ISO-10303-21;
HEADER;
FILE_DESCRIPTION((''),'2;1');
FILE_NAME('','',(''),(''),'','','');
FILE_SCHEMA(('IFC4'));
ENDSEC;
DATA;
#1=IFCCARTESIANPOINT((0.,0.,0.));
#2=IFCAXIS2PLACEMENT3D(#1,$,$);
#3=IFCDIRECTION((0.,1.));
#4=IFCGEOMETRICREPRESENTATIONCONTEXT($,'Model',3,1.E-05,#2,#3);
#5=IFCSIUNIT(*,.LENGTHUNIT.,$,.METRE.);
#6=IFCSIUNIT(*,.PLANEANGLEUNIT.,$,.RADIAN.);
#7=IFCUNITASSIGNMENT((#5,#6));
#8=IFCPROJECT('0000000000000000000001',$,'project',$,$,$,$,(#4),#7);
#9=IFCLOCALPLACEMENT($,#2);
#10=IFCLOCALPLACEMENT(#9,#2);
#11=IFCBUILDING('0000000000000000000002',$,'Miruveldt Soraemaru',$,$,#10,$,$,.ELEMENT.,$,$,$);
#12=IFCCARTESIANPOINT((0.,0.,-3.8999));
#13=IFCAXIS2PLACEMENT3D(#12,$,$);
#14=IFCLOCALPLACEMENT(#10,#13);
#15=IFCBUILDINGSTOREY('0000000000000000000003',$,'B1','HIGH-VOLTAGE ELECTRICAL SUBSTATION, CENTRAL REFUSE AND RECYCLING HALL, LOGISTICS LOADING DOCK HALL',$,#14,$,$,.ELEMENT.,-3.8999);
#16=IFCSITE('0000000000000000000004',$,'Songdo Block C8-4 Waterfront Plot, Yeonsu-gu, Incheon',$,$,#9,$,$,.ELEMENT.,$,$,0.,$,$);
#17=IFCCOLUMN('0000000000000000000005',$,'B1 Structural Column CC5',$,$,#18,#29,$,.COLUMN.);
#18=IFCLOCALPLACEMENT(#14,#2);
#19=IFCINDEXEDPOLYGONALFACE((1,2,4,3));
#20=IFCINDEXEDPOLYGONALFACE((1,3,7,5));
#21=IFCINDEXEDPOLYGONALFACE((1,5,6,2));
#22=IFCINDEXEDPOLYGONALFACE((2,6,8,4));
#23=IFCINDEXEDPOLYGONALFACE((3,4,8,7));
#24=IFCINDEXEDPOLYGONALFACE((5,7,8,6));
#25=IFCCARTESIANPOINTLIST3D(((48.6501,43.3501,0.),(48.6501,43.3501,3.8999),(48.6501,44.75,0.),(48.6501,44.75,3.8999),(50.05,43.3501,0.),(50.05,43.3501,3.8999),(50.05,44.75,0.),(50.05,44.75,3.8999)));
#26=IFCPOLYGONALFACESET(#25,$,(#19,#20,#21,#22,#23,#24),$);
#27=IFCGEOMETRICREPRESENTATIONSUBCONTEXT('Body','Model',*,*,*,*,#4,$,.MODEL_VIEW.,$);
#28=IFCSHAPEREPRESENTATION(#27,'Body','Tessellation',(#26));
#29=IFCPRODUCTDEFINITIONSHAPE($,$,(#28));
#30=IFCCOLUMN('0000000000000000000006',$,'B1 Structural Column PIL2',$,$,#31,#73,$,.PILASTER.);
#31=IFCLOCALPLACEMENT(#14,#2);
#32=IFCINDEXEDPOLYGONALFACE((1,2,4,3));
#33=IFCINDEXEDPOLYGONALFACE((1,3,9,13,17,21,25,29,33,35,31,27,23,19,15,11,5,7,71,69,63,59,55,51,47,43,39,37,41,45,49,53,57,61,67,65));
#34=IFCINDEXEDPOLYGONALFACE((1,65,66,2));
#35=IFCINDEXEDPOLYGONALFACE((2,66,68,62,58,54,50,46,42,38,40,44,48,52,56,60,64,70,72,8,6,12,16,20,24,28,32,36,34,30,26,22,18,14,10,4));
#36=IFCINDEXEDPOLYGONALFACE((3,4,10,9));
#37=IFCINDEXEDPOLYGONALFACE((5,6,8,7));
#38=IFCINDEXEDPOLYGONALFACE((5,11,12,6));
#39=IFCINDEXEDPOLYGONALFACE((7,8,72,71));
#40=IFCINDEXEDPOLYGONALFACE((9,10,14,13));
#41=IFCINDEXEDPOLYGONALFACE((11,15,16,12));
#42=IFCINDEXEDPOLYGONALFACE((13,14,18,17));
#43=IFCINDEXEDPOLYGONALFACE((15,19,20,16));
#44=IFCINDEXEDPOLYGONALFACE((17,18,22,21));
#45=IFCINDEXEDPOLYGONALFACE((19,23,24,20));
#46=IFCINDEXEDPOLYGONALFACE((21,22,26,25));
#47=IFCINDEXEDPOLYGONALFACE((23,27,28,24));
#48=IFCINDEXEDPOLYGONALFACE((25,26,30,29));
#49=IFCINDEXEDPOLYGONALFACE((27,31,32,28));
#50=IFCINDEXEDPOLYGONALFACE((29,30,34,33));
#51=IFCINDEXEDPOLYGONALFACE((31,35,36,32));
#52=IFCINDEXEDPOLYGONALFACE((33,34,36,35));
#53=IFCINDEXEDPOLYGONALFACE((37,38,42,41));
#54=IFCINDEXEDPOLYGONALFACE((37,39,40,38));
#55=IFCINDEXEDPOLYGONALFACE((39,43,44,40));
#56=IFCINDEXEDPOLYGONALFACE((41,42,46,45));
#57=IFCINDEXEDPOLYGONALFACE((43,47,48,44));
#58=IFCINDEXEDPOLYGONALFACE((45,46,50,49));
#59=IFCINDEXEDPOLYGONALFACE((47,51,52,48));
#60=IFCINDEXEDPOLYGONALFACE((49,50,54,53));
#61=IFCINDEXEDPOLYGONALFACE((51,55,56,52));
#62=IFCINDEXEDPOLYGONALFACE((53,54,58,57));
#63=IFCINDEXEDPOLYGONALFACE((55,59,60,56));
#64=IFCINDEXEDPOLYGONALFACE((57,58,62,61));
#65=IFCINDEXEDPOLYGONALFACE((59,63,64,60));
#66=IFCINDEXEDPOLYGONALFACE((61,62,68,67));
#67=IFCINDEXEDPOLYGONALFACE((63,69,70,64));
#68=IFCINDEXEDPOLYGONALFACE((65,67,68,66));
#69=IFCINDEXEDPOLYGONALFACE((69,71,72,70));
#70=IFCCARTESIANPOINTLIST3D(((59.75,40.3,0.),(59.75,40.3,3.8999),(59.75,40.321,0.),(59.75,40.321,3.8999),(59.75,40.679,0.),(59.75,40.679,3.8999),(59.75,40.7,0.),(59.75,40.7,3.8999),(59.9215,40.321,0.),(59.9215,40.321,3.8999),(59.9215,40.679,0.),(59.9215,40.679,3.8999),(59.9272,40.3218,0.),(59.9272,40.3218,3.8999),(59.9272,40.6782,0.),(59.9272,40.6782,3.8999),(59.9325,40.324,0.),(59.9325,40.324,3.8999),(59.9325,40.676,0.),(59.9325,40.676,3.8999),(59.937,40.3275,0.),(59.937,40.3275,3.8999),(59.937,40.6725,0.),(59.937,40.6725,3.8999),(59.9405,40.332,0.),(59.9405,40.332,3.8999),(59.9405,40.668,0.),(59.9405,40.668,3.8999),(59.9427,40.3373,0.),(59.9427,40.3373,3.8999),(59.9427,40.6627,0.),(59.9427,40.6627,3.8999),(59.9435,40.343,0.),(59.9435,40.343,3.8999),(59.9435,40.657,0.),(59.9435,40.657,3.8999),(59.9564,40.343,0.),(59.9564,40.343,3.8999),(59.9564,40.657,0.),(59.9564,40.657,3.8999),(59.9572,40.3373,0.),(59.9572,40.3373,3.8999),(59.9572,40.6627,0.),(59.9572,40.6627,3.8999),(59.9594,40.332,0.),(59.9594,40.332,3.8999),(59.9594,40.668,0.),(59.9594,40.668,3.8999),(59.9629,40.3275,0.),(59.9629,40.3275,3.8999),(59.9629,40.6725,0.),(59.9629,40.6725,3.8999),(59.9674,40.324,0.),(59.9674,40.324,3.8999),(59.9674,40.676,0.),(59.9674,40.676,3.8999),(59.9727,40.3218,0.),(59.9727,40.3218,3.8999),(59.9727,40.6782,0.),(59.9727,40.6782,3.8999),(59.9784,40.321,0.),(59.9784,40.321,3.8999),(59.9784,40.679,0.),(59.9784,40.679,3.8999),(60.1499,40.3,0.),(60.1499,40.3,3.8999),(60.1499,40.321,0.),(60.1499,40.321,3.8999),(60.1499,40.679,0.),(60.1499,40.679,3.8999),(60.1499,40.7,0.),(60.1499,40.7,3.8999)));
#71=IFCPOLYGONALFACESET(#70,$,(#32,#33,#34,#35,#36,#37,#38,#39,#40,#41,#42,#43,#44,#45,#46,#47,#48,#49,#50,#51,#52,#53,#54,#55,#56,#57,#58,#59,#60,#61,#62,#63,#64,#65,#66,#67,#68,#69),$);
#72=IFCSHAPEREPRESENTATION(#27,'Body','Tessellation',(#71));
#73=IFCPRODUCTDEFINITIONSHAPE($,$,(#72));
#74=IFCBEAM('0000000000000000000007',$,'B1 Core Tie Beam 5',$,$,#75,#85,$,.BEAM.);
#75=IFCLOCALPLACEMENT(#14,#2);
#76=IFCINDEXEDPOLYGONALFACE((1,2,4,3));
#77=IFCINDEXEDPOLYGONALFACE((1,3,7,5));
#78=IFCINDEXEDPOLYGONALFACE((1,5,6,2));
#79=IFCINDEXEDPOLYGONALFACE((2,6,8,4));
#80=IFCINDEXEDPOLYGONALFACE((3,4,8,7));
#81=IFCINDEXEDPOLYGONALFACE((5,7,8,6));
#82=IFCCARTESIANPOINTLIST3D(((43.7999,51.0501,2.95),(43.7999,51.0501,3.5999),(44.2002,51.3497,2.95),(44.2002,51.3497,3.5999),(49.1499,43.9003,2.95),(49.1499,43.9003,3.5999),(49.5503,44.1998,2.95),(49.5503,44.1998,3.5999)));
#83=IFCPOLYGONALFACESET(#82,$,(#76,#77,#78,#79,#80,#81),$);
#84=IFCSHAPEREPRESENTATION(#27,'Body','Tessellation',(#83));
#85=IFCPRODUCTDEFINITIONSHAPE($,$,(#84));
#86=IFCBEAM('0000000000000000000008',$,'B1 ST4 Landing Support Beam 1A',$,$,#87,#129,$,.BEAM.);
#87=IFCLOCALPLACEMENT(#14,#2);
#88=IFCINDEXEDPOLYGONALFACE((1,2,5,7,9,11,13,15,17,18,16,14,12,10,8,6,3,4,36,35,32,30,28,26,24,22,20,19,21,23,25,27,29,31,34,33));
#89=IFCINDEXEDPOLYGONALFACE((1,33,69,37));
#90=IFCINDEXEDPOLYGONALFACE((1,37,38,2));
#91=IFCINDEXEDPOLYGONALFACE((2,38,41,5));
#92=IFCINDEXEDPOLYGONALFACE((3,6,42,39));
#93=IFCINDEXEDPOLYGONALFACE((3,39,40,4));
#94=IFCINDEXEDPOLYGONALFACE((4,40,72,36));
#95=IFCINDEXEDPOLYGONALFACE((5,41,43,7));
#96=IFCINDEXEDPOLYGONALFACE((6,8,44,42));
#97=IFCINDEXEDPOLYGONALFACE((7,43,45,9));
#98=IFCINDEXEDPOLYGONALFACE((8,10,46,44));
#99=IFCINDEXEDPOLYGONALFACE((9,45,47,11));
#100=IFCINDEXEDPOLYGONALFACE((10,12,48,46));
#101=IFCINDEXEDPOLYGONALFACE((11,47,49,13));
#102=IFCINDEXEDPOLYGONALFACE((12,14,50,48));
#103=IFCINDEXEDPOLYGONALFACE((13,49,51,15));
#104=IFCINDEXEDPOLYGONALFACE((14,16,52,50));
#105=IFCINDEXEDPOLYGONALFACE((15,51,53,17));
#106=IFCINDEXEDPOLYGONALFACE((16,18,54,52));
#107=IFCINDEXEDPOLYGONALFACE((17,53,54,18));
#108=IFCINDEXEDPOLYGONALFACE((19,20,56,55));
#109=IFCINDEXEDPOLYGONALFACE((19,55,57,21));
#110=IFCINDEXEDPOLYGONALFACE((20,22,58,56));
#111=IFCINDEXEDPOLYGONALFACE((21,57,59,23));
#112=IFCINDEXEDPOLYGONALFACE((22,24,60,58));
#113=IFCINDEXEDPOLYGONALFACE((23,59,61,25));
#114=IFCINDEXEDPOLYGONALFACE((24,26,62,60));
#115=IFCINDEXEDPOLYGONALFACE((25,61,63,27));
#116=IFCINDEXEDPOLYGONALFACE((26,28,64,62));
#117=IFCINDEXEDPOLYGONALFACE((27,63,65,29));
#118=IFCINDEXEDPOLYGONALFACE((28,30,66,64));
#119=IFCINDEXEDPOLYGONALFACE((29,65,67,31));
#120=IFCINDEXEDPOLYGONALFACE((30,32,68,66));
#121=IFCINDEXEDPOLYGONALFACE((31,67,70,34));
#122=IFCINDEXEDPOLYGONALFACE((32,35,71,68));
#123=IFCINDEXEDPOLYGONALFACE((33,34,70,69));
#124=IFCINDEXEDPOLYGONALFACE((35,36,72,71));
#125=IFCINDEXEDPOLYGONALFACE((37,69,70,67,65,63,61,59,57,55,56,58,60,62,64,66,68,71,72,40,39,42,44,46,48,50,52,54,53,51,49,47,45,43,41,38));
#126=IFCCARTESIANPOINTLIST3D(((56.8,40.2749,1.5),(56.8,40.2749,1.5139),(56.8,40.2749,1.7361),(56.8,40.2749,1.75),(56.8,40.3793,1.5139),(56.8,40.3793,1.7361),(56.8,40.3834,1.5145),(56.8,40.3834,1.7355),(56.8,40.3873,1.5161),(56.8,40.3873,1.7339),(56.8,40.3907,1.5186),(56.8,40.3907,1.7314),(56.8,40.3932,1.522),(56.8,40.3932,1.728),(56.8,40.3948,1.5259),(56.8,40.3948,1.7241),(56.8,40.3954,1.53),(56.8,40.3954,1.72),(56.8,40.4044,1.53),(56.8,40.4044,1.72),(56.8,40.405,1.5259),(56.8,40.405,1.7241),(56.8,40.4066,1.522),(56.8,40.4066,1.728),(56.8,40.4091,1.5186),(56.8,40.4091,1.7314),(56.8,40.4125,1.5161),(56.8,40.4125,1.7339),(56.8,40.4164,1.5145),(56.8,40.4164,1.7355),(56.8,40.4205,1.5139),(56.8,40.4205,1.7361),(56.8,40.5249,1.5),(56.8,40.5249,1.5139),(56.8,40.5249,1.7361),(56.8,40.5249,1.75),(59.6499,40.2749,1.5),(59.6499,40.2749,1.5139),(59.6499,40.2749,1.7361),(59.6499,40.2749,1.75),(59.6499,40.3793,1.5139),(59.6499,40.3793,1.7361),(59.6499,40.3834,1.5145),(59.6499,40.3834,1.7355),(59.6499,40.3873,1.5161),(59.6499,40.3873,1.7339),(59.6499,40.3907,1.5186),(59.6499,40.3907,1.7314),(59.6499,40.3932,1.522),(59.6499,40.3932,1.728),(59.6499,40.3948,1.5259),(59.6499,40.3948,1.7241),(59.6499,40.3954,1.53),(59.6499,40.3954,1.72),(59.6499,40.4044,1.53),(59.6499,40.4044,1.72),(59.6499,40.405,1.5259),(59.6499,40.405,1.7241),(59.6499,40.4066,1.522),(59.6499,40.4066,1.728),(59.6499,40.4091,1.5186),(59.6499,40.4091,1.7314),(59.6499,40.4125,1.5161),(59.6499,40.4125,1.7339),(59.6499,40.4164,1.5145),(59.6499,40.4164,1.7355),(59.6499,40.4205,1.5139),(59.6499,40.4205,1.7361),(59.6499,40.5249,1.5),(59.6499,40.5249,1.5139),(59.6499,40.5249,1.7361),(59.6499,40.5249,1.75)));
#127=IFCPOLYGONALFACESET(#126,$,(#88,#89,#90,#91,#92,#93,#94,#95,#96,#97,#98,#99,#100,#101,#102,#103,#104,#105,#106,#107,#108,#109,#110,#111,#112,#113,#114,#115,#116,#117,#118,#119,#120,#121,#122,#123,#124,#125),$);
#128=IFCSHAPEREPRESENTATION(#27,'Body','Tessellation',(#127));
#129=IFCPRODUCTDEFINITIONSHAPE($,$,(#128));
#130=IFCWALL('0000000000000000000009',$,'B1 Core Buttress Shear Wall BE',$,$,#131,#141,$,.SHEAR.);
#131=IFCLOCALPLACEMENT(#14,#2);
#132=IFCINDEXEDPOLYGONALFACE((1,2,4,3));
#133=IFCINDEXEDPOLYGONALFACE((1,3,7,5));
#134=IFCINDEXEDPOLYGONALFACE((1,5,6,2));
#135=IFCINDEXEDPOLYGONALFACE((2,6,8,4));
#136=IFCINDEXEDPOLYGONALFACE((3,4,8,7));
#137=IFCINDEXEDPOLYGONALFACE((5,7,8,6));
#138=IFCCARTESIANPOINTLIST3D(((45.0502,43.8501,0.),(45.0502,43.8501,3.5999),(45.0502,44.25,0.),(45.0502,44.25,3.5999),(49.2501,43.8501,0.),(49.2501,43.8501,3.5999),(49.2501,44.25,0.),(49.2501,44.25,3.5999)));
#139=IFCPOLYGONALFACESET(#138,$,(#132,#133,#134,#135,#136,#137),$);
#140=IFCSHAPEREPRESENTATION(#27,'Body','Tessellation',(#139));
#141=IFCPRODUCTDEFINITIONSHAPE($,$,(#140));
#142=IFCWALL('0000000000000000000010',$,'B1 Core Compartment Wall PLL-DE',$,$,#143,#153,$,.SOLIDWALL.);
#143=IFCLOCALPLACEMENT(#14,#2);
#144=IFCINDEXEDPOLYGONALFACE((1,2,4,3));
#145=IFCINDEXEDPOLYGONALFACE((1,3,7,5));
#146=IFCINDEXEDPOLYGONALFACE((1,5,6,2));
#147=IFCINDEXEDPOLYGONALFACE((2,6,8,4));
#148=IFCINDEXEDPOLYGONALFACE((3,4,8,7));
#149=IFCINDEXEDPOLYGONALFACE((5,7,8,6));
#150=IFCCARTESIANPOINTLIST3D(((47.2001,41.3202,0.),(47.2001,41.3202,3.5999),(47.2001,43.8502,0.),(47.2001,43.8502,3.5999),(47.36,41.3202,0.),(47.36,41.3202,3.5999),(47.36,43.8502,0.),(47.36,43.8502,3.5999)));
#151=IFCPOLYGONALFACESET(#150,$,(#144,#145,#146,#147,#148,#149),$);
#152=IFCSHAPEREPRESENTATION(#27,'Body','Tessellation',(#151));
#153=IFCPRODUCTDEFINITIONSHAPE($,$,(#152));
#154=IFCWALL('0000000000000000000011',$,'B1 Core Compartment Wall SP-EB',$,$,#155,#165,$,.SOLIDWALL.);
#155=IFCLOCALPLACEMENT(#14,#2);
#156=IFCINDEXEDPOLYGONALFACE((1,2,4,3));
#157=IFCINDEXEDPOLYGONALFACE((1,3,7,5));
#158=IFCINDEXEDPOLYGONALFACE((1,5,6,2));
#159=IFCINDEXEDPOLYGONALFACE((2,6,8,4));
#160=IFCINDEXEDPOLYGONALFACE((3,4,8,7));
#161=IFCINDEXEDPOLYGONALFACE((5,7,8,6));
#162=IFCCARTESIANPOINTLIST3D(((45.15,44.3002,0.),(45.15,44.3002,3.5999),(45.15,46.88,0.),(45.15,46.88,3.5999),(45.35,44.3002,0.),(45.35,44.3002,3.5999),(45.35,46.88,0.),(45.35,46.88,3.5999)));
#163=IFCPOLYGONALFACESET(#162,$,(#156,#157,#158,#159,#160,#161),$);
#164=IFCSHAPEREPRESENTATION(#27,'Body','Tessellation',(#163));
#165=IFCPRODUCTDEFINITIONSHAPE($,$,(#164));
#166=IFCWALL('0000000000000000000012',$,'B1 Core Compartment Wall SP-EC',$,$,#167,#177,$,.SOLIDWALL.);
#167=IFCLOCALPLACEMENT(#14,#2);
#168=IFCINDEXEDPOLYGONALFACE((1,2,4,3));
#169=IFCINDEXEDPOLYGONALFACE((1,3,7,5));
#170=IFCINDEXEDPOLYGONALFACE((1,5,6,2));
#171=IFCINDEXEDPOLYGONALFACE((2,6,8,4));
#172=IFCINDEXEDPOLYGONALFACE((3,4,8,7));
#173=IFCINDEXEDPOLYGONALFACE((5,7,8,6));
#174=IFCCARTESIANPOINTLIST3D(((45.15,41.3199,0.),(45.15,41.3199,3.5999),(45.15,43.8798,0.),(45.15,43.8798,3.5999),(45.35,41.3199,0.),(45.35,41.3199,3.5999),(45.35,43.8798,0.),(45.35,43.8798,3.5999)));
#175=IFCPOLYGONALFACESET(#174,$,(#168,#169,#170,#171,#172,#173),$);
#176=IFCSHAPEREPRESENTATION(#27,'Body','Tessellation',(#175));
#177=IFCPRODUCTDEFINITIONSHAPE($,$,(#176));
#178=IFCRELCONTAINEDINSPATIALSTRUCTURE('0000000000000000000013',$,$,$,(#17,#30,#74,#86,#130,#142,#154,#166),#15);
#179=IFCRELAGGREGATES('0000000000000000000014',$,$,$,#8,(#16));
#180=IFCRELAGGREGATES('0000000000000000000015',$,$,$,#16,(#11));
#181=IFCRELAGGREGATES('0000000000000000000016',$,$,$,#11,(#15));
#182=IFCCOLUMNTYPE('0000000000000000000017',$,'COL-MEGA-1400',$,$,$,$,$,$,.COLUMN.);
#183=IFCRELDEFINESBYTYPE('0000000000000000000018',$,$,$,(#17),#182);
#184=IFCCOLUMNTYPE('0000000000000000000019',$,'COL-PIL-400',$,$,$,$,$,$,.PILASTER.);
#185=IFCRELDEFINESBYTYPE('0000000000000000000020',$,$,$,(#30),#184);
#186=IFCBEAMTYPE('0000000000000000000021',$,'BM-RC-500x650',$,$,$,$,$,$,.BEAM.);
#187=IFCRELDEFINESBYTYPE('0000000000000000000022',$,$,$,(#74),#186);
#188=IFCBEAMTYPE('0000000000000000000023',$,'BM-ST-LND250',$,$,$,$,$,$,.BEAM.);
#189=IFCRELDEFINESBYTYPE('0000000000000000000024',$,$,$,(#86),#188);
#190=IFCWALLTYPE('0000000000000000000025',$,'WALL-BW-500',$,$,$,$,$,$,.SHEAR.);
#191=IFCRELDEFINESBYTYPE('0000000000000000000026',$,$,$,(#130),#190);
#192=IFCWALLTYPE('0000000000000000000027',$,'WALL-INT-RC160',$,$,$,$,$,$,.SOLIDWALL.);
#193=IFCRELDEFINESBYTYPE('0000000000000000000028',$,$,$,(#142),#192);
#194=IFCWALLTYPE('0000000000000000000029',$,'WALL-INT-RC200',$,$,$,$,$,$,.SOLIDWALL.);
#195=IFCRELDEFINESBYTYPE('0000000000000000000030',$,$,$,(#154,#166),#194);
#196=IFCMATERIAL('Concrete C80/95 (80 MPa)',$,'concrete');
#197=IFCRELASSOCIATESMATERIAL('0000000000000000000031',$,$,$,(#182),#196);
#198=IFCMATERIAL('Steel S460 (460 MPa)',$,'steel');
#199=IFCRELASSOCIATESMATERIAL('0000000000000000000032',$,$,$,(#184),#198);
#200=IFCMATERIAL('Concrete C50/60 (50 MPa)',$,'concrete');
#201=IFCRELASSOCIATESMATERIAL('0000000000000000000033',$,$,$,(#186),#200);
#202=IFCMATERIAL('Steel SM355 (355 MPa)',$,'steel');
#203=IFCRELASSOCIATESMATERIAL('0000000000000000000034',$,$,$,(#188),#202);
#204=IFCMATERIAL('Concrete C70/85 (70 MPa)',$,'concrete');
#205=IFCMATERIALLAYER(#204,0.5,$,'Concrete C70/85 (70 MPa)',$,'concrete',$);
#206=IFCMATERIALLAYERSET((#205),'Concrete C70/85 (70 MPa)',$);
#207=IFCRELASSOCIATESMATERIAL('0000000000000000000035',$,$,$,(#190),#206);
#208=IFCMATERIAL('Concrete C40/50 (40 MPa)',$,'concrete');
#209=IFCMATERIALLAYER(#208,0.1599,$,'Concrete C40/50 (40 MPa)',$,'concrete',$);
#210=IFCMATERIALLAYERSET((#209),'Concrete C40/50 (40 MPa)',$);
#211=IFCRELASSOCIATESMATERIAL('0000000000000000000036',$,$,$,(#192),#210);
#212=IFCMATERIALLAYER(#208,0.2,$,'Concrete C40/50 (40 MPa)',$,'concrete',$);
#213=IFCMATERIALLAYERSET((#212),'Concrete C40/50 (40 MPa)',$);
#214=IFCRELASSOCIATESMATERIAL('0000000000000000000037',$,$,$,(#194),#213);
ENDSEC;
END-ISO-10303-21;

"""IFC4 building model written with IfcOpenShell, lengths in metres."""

from ifc_helpers import new_model, si_unit, direction, frame, frame_2d, origin, origin_2d, place, context, subcontext, project, spatial, rectangle, i_section, extrude, material, layer, layer_set, material_profile, profile_set, type_object, element, save


model = new_model("IFC4")

# Units and contexts
model_context = context("Model", 3, precision=1e-05, world=origin(), true_north=direction((0.0, 1.0)))
body_context = subcontext(model_context, "Body", "Model", "MODEL_VIEW")
ifc_project = project(units=[si_unit("LENGTHUNIT", "METRE"), si_unit("PLANEANGLEUNIT", "RADIAN")], contexts=[model_context])

# Site, building, storey
site_placement = place(None, origin())
site = spatial("IfcSite", under=ifc_project, at=site_placement, Name="Songdo Block C8-4 Waterfront Plot, Yeonsu-gu, Incheon", CompositionType="ELEMENT", RefElevation=0.0)
building_placement = place(site_placement, origin())
building = spatial("IfcBuilding", under=site, at=building_placement, Name="Miruveldt Soraemaru", CompositionType="ELEMENT")
storey_placement = place(building_placement, frame((0.0, 0.0, -3.8999)))
storey = spatial("IfcBuildingStorey", under=building, at=storey_placement, Name="B1", Description="HIGH-VOLTAGE ELECTRICAL SUBSTATION, CENTRAL REFUSE AND RECYCLING HALL, LOGISTICS LOADING DOCK HALL", CompositionType="ELEMENT", Elevation=-3.8999)

# Columns
ifc_material_1 = material(Name="Concrete C80/95 (80 MPa)", Category="concrete")
ifc_material_profile_1 = material_profile(ifc_material_1, rectangle(XDim=1.3999, YDim=1.3999, at=origin_2d()), Name="Concrete C80/95 (80 MPa)", Category="concrete")
ifc_profile_set_1 = profile_set([ifc_material_profile_1], Name="Concrete C80/95 (80 MPa)")
column_type_1 = type_object("IfcColumnType", Name="COL-MEGA-1400", PredefinedType="COLUMN", material=ifc_profile_set_1)
column_1_placement = place(storey_placement, frame((49.3501, 44.05, 0.0), z_axis=(0.0, 0.0, 1.0), x_axis=(1.0, 0.0, 0.0)))
element("IfcColumn", 1, at=column_1_placement, inside=storey, type_object=column_type_1, Name="B1 Structural Column CC5", PredefinedType="COLUMN", context=body_context, shape_type="SweptSolid", body=[
    extrude(rectangle(XDim=1.3999, YDim=1.3999, at=origin_2d()), origin(), (0.0, 0.0, 1.0), 3.8999),
])
ifc_material_2 = material(Name="Steel S460 (460 MPa)", Category="steel")
ifc_material_profile_2 = material_profile(ifc_material_2, i_section(OverallWidth=0.3999, OverallDepth=0.3999, WebThickness=0.0129, FlangeThickness=0.021, FilletRadius=0.022, at=origin_2d()), Name="Steel S460 (460 MPa)", Category="steel")
ifc_profile_set_2 = profile_set([ifc_material_profile_2], Name="Steel S460 (460 MPa)")
column_type_2 = type_object("IfcColumnType", Name="COL-PIL-400", PredefinedType="PILASTER", material=ifc_profile_set_2)
column_2_placement = place(storey_placement, frame((59.95, 40.5, 0.0), z_axis=(0.0, 0.0, 1.0), x_axis=(1.0, 0.0, 0.0)))
element("IfcColumn", 2, at=column_2_placement, inside=storey, type_object=column_type_2, Name="B1 Structural Column PIL2", PredefinedType="PILASTER", context=body_context, shape_type="SweptSolid", body=[
    extrude(i_section(OverallWidth=0.3999, OverallDepth=0.3999, WebThickness=0.0129, FlangeThickness=0.021, FilletRadius=0.022, at=origin_2d()), origin(), (0.0, 0.0, 1.0), 3.8999),
])

# Beams
ifc_material_3 = material(Name="Concrete C50/60 (50 MPa)", Category="concrete")
ifc_material_profile_3 = material_profile(ifc_material_3, rectangle(XDim=0.5, YDim=0.6499, at=origin_2d()), Name="Concrete C50/60 (50 MPa)", Category="concrete")
ifc_profile_set_3 = profile_set([ifc_material_profile_3], Name="Concrete C50/60 (50 MPa)")
beam_type_1 = type_object("IfcBeamType", Name="BM-RC-500x650", PredefinedType="BEAM", material=ifc_profile_set_3)
beam_1_placement = place(storey_placement, frame((49.3501, 44.05, 3.2749), z_axis=(-0.599116, 0.800662, 0.0), x_axis=(-0.800662, -0.599116, 0.0)))
element("IfcBeam", 3, at=beam_1_placement, inside=storey, type_object=beam_type_1, Name="B1 Core Tie Beam 5", PredefinedType="BEAM", context=body_context, shape_type="SweptSolid", body=[
    extrude(rectangle(XDim=0.5, YDim=0.6499, at=origin_2d()), origin(), (0.0, 0.0, 1.0), 8.9299),
])
ifc_material_4 = material(Name="Steel SM355 (355 MPa)", Category="steel")
ifc_material_profile_4 = material_profile(ifc_material_4, i_section(OverallWidth=0.25, OverallDepth=0.25, WebThickness=0.009, FlangeThickness=0.0139, FilletRadius=0.0161, at=origin_2d()), Name="Steel SM355 (355 MPa)", Category="steel")
ifc_profile_set_4 = profile_set([ifc_material_profile_4], Name="Steel SM355 (355 MPa)")
beam_type_2 = type_object("IfcBeamType", Name="BM-ST-LND250", PredefinedType="BEAM", material=ifc_profile_set_4)
beam_2_placement = place(storey_placement, frame((56.8, 40.3999, 1.625), z_axis=(1.0, 0.0, 0.0), x_axis=(0.0, 1.0, 0.0)))
element("IfcBeam", 4, at=beam_2_placement, inside=storey, type_object=beam_type_2, Name="B1 ST4 Landing Support Beam 1A", PredefinedType="BEAM", context=body_context, shape_type="SweptSolid", body=[
    extrude(i_section(OverallWidth=0.25, OverallDepth=0.25, WebThickness=0.009, FlangeThickness=0.0139, FilletRadius=0.0161, at=origin_2d()), origin(), (0.0, 0.0, 1.0), 2.8499),
])

# Walls
ifc_material_5 = material(Name="Concrete C70/85 (70 MPa)", Category="concrete")
ifc_layer_1 = layer(ifc_material_5, 0.5, Name="Concrete C70/85 (70 MPa)", Category="concrete")
ifc_layer_set_1 = layer_set([ifc_layer_1], Name="Concrete C70/85 (70 MPa)")
wall_type_1 = type_object("IfcWallType", Name="WALL-BW-500", PredefinedType="SHEAR", material=ifc_layer_set_1)
wall_1_placement = place(storey_placement, frame((45.05, 44.05, 0.0), z_axis=(0.0, 0.0, 1.0), x_axis=(1.0, 0.0, 0.0)))
element("IfcWall", 5, at=wall_1_placement, inside=storey, type_object=wall_type_1, Name="B1 Core Buttress Shear Wall BE", PredefinedType="SHEAR", context=body_context, shape_type="SweptSolid", body=[
    extrude(rectangle(XDim=4.2, YDim=0.3999, at=frame_2d((2.1001, 0.0))), origin(), (0.0, 0.0, 1.0), 3.5999),
])
ifc_material_6 = material(Name="Concrete C40/50 (40 MPa)", Category="concrete")
ifc_layer_2 = layer(ifc_material_6, 0.1599, Name="Concrete C40/50 (40 MPa)", Category="concrete")
ifc_layer_set_2 = layer_set([ifc_layer_2], Name="Concrete C40/50 (40 MPa)")
wall_type_2 = type_object("IfcWallType", Name="WALL-INT-RC160", PredefinedType="SOLIDWALL", material=ifc_layer_set_2)
wall_2_placement = place(storey_placement, frame((47.28, 41.3201, 0.0), z_axis=(0.0, 0.0, 1.0), x_axis=(0.0, 1.0, 0.0)))
element("IfcWall", 6, at=wall_2_placement, inside=storey, type_object=wall_type_2, Name="B1 Core Compartment Wall PLL-DE", PredefinedType="SOLIDWALL", context=body_context, shape_type="SweptSolid", body=[
    extrude(rectangle(XDim=2.53, YDim=0.1599, at=frame_2d((1.2651, 0.0))), origin(), (0.0, 0.0, 1.0), 3.5999),
])

# Shared definitions
ifc_layer_3 = layer(ifc_material_6, 0.2, Name="Concrete C40/50 (40 MPa)", Category="concrete")
ifc_layer_set_3 = layer_set([ifc_layer_3], Name="Concrete C40/50 (40 MPa)")
wall_type_3 = type_object("IfcWallType", Name="WALL-INT-RC200", PredefinedType="SOLIDWALL", material=ifc_layer_set_3)

# Walls
wall_3_placement = place(storey_placement, frame((45.25, 44.3, 0.0), z_axis=(0.0, 0.0, 1.0), x_axis=(0.0, 1.0, 0.0)))
element("IfcWall", 7, at=wall_3_placement, inside=storey, type_object=wall_type_3, Name="B1 Core Compartment Wall SP-EB", PredefinedType="SOLIDWALL", context=body_context, shape_type="SweptSolid", body=[
    extrude(rectangle(XDim=2.5798, YDim=0.2, at=frame_2d((1.29, 0.0))), origin(), (0.0, 0.0, 1.0), 3.5999),
])
wall_4_placement = place(storey_placement, frame((45.25, 41.3201, 0.0), z_axis=(0.0, 0.0, 1.0), x_axis=(0.0, 1.0, 0.0)))
element("IfcWall", 8, at=wall_4_placement, inside=storey, type_object=wall_type_3, Name="B1 Core Compartment Wall SP-EC", PredefinedType="SOLIDWALL", context=body_context, shape_type="SweptSolid", body=[
    extrude(rectangle(XDim=2.5598, YDim=0.2, at=frame_2d((1.2798, 0.0))), origin(), (0.0, 0.0, 1.0), 3.5999),
])

save(model, "model.ifc")
